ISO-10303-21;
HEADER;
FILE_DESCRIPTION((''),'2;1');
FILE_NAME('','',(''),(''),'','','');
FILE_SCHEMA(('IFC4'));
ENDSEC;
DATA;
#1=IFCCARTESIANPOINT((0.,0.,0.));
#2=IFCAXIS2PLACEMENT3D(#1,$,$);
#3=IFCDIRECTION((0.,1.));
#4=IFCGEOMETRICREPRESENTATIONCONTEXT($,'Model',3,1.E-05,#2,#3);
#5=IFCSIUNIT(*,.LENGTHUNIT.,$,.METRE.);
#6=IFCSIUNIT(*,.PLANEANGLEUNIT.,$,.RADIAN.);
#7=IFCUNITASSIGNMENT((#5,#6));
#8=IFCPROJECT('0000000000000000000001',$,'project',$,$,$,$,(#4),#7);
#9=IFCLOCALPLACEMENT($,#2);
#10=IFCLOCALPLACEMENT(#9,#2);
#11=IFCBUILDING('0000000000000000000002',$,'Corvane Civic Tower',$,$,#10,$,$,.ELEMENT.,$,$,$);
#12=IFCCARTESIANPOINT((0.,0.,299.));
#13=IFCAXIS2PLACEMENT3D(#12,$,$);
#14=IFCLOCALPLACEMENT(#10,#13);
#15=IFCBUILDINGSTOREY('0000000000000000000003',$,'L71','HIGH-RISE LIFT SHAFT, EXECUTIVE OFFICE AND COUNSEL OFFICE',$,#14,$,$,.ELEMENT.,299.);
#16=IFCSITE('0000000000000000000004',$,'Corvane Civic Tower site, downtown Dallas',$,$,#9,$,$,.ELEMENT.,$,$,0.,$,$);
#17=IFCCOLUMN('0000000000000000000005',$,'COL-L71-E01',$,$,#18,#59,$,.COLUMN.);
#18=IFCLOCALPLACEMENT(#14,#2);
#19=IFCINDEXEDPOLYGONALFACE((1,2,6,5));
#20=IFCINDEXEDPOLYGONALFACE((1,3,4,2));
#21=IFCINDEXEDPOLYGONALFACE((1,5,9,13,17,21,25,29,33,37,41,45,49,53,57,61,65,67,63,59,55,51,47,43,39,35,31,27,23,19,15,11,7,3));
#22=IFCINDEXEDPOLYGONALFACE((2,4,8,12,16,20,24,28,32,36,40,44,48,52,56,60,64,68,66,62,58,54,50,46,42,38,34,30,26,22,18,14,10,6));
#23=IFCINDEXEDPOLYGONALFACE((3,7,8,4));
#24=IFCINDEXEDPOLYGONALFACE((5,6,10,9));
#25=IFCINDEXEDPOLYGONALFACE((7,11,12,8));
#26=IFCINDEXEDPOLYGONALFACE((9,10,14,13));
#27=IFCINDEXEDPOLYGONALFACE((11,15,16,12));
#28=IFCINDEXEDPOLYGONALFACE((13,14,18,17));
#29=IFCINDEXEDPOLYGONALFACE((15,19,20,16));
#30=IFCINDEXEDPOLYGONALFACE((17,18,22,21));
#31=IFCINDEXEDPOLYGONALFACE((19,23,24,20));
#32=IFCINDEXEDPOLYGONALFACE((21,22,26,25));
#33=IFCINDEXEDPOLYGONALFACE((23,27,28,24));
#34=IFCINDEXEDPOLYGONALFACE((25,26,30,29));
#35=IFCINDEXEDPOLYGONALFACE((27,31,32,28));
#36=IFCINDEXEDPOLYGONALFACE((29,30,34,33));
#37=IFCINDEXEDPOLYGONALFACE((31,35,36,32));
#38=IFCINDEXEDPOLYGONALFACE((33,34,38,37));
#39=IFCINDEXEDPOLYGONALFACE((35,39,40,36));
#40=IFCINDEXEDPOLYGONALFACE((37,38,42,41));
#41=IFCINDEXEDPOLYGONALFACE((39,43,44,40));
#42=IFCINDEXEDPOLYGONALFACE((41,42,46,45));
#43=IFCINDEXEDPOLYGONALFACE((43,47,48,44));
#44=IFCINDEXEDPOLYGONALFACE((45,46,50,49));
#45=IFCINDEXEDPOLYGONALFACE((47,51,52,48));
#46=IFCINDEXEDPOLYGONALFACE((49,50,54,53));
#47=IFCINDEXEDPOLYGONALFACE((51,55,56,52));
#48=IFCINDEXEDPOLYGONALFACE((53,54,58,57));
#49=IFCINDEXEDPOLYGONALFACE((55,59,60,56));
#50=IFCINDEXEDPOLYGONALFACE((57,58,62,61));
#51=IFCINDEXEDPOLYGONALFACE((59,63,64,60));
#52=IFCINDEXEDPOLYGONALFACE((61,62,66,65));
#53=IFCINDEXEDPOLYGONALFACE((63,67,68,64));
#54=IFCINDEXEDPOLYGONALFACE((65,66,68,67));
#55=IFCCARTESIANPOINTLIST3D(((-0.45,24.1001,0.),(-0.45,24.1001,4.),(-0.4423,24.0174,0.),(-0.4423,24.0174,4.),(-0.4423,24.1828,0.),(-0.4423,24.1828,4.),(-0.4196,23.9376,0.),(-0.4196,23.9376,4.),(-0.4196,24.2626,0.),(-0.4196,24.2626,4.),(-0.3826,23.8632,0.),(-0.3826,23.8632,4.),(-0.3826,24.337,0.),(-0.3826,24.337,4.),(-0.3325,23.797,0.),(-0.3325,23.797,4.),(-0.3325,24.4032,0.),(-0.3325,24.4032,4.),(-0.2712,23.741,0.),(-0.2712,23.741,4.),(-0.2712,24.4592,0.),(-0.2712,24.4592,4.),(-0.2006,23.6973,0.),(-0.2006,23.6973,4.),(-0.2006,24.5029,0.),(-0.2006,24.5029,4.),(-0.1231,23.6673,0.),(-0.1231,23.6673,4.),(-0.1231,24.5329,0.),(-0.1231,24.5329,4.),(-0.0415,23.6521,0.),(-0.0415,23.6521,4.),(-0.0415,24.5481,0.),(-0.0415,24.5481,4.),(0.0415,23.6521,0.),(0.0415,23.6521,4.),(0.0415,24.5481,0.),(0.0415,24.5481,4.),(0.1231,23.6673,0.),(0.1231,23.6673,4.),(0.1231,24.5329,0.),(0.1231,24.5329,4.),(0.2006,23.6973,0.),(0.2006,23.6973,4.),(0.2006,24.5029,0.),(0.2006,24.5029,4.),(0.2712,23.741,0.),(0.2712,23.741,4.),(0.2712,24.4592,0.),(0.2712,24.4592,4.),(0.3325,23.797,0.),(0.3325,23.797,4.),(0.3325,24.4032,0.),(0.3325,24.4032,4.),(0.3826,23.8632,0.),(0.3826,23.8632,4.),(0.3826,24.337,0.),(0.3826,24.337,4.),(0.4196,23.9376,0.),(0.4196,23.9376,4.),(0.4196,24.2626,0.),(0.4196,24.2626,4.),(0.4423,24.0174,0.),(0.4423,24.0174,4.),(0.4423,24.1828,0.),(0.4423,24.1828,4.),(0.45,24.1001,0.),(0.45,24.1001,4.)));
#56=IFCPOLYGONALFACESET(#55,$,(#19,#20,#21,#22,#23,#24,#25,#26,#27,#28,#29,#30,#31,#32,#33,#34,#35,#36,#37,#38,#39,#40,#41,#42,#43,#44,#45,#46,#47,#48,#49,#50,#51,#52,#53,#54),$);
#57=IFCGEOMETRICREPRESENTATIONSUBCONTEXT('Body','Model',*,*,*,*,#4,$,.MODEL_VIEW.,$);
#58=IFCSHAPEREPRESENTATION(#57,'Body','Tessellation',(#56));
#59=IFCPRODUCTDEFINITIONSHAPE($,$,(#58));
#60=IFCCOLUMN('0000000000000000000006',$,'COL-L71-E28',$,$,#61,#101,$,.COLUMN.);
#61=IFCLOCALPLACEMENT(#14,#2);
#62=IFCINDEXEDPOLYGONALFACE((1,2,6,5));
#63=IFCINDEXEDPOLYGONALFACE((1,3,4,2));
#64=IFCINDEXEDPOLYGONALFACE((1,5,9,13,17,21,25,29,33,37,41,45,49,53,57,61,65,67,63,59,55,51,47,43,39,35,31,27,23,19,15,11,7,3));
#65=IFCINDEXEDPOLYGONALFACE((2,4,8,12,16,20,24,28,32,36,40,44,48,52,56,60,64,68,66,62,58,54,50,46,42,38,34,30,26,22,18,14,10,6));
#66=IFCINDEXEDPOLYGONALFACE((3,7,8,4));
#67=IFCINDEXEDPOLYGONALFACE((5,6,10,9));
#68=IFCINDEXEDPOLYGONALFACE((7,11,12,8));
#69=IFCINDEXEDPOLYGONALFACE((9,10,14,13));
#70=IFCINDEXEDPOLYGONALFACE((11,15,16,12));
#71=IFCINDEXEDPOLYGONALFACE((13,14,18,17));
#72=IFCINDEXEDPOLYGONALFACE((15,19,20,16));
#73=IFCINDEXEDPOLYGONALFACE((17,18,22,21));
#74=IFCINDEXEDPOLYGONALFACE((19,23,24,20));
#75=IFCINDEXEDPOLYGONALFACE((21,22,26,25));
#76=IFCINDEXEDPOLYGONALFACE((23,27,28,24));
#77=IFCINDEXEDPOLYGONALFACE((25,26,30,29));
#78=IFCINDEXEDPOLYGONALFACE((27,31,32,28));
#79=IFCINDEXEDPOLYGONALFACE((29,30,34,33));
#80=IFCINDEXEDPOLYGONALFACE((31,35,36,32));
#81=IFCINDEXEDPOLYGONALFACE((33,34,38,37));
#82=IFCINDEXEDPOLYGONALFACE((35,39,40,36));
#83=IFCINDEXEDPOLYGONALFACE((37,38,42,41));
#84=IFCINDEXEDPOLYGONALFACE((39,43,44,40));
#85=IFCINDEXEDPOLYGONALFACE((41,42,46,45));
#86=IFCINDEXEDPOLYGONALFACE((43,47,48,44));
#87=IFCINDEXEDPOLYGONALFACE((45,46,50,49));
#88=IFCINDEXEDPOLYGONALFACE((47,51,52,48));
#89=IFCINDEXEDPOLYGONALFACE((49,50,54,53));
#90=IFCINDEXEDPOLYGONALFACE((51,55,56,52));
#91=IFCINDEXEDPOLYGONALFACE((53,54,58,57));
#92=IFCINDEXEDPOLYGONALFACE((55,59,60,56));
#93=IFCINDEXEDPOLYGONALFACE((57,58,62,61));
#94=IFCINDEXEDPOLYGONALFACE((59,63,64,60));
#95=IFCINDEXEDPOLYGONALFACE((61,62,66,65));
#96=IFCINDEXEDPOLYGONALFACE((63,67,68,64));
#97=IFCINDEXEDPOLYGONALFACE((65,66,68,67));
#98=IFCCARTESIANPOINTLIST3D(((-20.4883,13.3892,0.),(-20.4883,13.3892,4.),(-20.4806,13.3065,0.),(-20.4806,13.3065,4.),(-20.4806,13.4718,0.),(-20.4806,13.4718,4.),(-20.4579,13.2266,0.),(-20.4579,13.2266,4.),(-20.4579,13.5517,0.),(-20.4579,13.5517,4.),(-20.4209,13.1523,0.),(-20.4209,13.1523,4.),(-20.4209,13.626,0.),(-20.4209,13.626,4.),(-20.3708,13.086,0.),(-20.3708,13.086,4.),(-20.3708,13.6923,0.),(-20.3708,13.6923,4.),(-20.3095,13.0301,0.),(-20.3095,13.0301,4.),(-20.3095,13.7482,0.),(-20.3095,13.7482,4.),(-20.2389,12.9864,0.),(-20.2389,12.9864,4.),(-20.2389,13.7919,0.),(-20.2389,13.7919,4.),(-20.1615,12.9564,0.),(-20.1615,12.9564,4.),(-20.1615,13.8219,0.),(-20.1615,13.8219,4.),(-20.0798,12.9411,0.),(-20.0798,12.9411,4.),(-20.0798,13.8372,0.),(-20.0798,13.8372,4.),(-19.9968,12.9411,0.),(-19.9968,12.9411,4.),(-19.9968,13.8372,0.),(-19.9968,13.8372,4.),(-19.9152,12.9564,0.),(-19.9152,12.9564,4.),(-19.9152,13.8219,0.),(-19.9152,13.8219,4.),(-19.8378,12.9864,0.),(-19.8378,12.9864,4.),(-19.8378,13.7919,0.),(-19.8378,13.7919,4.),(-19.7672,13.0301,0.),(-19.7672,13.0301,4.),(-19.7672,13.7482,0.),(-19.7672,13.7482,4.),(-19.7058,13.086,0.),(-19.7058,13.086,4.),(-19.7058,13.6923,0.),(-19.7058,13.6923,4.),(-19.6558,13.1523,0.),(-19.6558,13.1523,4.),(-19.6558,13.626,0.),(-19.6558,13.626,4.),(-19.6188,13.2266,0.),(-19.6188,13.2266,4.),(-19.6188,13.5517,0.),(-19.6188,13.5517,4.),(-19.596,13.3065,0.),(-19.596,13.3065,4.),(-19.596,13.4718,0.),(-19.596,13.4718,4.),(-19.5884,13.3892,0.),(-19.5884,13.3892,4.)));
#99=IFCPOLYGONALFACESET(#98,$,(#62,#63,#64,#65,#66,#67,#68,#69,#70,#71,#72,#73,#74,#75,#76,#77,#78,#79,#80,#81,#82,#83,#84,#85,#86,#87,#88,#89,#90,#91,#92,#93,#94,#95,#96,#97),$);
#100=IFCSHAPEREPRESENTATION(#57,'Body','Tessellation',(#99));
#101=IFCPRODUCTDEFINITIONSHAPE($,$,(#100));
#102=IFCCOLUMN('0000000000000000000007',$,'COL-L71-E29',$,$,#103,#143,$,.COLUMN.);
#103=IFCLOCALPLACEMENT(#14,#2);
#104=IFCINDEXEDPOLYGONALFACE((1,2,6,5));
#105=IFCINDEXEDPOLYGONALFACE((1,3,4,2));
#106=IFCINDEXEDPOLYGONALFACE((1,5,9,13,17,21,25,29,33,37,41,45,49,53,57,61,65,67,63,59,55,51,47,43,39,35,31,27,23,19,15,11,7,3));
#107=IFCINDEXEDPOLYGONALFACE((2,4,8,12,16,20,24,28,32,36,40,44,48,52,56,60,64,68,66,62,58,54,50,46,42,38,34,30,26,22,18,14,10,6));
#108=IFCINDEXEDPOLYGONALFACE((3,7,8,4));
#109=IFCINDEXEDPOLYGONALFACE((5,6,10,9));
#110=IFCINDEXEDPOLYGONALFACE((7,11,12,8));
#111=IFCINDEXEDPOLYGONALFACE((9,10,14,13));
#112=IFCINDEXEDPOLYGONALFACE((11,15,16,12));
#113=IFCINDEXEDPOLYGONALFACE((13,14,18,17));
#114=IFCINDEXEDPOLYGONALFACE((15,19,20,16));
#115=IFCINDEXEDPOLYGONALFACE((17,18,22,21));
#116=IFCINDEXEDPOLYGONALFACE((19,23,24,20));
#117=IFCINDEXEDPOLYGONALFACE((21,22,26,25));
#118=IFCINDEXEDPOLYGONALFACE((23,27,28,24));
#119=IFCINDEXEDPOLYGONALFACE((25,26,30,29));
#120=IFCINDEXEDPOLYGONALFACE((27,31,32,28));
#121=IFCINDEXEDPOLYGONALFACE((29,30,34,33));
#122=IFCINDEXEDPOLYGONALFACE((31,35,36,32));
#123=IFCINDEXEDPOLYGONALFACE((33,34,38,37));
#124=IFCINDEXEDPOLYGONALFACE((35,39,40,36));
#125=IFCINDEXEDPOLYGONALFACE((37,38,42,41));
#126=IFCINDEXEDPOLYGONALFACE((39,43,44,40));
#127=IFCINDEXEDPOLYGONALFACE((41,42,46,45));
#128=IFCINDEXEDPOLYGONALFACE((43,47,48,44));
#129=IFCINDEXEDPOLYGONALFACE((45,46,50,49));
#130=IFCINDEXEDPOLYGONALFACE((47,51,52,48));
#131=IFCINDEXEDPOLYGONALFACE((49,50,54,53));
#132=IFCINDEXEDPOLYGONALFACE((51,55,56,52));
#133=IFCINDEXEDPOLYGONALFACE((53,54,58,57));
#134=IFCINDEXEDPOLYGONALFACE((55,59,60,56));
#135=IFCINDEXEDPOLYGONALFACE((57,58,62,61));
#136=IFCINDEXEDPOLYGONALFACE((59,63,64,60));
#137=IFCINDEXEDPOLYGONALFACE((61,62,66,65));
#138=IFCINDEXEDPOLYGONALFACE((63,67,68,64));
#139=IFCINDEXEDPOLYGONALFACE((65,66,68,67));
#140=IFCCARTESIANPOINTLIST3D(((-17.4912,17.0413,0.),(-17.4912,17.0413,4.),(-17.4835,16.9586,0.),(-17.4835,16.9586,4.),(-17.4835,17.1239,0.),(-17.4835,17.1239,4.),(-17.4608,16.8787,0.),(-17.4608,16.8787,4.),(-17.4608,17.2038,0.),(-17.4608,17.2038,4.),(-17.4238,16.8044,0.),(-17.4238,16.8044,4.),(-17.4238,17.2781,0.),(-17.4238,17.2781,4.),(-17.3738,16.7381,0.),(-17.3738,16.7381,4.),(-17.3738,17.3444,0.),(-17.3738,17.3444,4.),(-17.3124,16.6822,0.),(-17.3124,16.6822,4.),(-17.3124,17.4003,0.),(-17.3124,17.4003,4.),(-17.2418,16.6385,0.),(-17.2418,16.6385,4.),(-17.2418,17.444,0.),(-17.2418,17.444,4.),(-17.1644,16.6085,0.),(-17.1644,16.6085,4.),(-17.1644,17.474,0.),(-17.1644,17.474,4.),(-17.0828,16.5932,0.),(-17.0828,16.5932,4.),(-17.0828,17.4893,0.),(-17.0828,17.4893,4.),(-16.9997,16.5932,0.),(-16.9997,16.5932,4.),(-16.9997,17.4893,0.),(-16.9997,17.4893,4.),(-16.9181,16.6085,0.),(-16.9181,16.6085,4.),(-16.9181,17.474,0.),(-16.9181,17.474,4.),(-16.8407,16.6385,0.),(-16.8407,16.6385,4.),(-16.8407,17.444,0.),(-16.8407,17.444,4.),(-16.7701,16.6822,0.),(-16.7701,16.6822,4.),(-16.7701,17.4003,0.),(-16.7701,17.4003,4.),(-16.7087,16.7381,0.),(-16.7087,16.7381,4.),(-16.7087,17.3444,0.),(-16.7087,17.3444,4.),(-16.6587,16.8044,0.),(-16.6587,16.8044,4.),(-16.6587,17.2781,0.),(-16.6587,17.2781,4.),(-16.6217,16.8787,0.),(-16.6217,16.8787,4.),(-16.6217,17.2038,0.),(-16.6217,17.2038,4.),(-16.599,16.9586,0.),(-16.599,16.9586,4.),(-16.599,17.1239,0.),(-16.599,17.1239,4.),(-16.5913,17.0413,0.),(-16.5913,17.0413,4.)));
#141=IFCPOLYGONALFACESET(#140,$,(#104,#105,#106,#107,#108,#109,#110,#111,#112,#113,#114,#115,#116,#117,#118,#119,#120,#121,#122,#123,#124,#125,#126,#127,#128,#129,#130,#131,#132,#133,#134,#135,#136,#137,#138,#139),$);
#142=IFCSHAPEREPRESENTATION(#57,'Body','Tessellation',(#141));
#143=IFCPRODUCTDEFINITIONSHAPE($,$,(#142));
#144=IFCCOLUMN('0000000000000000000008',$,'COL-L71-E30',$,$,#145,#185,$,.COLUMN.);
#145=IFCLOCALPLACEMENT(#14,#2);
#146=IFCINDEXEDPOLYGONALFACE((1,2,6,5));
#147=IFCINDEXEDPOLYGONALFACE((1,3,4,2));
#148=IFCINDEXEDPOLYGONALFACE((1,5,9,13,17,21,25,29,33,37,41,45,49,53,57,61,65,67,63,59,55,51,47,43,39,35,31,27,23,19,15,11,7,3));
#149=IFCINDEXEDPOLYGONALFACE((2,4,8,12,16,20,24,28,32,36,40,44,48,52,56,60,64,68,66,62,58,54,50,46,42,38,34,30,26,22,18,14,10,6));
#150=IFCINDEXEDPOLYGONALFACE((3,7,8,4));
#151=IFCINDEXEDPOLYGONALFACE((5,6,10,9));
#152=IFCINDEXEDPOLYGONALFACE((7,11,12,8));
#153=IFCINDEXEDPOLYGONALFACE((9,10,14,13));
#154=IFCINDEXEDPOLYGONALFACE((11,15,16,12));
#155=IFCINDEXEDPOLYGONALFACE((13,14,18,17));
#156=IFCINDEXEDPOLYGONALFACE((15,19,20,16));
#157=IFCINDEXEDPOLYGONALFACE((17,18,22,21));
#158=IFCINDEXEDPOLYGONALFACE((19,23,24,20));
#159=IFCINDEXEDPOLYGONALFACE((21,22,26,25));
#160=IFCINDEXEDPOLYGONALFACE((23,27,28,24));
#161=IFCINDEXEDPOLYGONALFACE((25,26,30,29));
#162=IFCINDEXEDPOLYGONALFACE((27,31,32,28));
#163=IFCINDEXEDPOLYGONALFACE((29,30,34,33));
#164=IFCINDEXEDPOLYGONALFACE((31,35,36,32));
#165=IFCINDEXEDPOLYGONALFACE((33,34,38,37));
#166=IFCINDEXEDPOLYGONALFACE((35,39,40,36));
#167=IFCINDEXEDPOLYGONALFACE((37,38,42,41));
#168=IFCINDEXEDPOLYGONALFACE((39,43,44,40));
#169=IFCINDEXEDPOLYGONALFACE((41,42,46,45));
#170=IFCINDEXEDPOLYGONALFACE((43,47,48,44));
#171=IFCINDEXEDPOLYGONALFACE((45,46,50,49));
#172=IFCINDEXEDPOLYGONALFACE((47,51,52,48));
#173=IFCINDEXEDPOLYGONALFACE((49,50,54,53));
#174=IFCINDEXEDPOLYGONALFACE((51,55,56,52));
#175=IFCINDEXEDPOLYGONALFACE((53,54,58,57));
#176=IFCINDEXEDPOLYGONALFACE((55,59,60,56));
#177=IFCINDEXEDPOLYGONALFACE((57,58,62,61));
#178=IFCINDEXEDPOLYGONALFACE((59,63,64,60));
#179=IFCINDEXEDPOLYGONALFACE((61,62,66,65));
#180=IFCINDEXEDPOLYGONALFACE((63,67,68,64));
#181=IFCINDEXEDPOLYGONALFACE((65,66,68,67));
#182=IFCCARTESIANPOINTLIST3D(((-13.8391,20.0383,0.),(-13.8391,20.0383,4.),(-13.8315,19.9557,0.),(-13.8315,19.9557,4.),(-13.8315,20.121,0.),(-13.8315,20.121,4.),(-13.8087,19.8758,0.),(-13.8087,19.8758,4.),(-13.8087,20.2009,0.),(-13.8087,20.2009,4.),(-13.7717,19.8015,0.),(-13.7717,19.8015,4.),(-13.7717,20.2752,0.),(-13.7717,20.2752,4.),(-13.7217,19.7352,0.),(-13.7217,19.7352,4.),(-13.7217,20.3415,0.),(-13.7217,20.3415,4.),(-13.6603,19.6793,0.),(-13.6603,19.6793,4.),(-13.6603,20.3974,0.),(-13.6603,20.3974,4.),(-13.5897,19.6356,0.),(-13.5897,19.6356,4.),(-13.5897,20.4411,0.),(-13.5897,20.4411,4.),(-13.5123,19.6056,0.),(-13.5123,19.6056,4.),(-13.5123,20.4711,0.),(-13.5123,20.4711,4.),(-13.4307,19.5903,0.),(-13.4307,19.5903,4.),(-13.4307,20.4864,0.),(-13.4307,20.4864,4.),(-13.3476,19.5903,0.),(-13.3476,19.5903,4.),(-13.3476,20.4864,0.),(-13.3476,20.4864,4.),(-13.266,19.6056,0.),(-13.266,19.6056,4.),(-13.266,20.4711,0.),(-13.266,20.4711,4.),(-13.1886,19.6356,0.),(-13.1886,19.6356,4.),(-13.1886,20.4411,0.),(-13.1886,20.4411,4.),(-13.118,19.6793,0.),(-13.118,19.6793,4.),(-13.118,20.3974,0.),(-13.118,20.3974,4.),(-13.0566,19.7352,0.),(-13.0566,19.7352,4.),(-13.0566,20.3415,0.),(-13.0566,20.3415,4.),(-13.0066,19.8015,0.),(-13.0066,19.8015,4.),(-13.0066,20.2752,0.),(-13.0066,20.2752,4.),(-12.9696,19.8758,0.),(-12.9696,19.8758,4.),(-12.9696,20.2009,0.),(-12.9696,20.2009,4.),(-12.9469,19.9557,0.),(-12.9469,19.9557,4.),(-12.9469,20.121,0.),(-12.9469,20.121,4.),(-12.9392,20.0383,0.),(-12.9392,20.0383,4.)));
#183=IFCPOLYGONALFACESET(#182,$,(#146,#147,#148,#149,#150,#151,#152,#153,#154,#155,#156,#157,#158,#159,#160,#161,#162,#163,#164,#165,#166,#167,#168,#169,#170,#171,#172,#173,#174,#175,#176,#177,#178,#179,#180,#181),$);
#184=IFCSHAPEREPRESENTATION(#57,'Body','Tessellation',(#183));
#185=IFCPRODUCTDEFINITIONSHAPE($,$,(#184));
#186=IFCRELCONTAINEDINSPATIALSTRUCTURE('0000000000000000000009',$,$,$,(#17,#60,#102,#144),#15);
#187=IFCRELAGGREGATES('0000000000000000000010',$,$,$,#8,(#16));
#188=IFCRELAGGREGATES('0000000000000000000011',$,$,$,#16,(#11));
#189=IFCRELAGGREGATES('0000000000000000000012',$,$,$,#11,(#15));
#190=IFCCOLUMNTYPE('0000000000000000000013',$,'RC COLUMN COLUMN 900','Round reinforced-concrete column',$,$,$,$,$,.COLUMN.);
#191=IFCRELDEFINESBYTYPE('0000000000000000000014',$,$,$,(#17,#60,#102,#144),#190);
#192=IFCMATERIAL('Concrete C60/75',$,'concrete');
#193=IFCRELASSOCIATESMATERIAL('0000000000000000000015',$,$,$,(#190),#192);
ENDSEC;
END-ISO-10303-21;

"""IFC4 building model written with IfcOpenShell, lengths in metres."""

from ifc_helpers import new_model, si_unit, direction, frame, origin, origin_2d, place, context, subcontext, project, spatial, circle, extrude, material, material_profile, profile_set, type_object, element, save


model = new_model("IFC4")

# Units and contexts
model_context = context("Model", 3, precision=1e-05, world=origin(), true_north=direction((0.0, 1.0)))
body_context = subcontext(model_context, "Body", "Model", "MODEL_VIEW")
ifc_project = project(units=[si_unit("LENGTHUNIT", "METRE"), si_unit("PLANEANGLEUNIT", "RADIAN")], contexts=[model_context])

# Site, building, storey
site_placement = place(None, origin())
site = spatial("IfcSite", under=ifc_project, at=site_placement, Name="Corvane Civic Tower site, downtown Dallas", CompositionType="ELEMENT", RefElevation=0.0)
building_placement = place(site_placement, origin())
building = spatial("IfcBuilding", under=site, at=building_placement, Name="Corvane Civic Tower", CompositionType="ELEMENT")
storey_placement = place(building_placement, frame((0.0, 0.0, 299.0)))
storey = spatial("IfcBuildingStorey", under=building, at=storey_placement, Name="L71", Description="HIGH-RISE LIFT SHAFT, EXECUTIVE OFFICE AND COUNSEL OFFICE", CompositionType="ELEMENT", Elevation=299.0)

# Columns
ifc_material_1 = material(Name="Concrete C60/75", Category="concrete")
ifc_material_profile_1 = material_profile(ifc_material_1, circle(Radius=0.45, at=origin_2d()), Name="COLUMN 900")
ifc_profile_set_1 = profile_set([ifc_material_profile_1], Name="Concrete C60/75")
column_type = type_object("IfcColumnType", Name="RC COLUMN COLUMN 900", Description="Round reinforced-concrete column", PredefinedType="COLUMN", material=ifc_profile_set_1)
for number, where, z_axis, x_axis, name in (
    (1, (0.0, 24.1001, 0.0), (0.0, 0.0, 1.0), (1.0, 0.0, 0.0), "COL-L71-E01"),
    (2, (-20.0383, 13.3892, 0.0), (0.0, 0.0, 1.0), (1.0, 0.0, 0.0), "COL-L71-E28"),
    (3, (-17.0413, 17.0413, 0.0), (0.0, 0.0, 1.0), (1.0, 0.0, 0.0), "COL-L71-E29"),
    (4, (-13.3892, 20.0383, 0.0), (0.0, 0.0, 1.0), (1.0, 0.0, 0.0), "COL-L71-E30"),
):
    element("IfcColumn", number, at=place(storey_placement, frame(where, z_axis=z_axis, x_axis=x_axis)), inside=storey, type_object=column_type, Name=name, PredefinedType="COLUMN", context=body_context, shape_type="SweptSolid", body=[
        extrude(circle(Radius=0.45, at=origin_2d()), origin(), (0.0, 0.0, 1.0), 4.0),
    ])

save(model, "model.ifc")
